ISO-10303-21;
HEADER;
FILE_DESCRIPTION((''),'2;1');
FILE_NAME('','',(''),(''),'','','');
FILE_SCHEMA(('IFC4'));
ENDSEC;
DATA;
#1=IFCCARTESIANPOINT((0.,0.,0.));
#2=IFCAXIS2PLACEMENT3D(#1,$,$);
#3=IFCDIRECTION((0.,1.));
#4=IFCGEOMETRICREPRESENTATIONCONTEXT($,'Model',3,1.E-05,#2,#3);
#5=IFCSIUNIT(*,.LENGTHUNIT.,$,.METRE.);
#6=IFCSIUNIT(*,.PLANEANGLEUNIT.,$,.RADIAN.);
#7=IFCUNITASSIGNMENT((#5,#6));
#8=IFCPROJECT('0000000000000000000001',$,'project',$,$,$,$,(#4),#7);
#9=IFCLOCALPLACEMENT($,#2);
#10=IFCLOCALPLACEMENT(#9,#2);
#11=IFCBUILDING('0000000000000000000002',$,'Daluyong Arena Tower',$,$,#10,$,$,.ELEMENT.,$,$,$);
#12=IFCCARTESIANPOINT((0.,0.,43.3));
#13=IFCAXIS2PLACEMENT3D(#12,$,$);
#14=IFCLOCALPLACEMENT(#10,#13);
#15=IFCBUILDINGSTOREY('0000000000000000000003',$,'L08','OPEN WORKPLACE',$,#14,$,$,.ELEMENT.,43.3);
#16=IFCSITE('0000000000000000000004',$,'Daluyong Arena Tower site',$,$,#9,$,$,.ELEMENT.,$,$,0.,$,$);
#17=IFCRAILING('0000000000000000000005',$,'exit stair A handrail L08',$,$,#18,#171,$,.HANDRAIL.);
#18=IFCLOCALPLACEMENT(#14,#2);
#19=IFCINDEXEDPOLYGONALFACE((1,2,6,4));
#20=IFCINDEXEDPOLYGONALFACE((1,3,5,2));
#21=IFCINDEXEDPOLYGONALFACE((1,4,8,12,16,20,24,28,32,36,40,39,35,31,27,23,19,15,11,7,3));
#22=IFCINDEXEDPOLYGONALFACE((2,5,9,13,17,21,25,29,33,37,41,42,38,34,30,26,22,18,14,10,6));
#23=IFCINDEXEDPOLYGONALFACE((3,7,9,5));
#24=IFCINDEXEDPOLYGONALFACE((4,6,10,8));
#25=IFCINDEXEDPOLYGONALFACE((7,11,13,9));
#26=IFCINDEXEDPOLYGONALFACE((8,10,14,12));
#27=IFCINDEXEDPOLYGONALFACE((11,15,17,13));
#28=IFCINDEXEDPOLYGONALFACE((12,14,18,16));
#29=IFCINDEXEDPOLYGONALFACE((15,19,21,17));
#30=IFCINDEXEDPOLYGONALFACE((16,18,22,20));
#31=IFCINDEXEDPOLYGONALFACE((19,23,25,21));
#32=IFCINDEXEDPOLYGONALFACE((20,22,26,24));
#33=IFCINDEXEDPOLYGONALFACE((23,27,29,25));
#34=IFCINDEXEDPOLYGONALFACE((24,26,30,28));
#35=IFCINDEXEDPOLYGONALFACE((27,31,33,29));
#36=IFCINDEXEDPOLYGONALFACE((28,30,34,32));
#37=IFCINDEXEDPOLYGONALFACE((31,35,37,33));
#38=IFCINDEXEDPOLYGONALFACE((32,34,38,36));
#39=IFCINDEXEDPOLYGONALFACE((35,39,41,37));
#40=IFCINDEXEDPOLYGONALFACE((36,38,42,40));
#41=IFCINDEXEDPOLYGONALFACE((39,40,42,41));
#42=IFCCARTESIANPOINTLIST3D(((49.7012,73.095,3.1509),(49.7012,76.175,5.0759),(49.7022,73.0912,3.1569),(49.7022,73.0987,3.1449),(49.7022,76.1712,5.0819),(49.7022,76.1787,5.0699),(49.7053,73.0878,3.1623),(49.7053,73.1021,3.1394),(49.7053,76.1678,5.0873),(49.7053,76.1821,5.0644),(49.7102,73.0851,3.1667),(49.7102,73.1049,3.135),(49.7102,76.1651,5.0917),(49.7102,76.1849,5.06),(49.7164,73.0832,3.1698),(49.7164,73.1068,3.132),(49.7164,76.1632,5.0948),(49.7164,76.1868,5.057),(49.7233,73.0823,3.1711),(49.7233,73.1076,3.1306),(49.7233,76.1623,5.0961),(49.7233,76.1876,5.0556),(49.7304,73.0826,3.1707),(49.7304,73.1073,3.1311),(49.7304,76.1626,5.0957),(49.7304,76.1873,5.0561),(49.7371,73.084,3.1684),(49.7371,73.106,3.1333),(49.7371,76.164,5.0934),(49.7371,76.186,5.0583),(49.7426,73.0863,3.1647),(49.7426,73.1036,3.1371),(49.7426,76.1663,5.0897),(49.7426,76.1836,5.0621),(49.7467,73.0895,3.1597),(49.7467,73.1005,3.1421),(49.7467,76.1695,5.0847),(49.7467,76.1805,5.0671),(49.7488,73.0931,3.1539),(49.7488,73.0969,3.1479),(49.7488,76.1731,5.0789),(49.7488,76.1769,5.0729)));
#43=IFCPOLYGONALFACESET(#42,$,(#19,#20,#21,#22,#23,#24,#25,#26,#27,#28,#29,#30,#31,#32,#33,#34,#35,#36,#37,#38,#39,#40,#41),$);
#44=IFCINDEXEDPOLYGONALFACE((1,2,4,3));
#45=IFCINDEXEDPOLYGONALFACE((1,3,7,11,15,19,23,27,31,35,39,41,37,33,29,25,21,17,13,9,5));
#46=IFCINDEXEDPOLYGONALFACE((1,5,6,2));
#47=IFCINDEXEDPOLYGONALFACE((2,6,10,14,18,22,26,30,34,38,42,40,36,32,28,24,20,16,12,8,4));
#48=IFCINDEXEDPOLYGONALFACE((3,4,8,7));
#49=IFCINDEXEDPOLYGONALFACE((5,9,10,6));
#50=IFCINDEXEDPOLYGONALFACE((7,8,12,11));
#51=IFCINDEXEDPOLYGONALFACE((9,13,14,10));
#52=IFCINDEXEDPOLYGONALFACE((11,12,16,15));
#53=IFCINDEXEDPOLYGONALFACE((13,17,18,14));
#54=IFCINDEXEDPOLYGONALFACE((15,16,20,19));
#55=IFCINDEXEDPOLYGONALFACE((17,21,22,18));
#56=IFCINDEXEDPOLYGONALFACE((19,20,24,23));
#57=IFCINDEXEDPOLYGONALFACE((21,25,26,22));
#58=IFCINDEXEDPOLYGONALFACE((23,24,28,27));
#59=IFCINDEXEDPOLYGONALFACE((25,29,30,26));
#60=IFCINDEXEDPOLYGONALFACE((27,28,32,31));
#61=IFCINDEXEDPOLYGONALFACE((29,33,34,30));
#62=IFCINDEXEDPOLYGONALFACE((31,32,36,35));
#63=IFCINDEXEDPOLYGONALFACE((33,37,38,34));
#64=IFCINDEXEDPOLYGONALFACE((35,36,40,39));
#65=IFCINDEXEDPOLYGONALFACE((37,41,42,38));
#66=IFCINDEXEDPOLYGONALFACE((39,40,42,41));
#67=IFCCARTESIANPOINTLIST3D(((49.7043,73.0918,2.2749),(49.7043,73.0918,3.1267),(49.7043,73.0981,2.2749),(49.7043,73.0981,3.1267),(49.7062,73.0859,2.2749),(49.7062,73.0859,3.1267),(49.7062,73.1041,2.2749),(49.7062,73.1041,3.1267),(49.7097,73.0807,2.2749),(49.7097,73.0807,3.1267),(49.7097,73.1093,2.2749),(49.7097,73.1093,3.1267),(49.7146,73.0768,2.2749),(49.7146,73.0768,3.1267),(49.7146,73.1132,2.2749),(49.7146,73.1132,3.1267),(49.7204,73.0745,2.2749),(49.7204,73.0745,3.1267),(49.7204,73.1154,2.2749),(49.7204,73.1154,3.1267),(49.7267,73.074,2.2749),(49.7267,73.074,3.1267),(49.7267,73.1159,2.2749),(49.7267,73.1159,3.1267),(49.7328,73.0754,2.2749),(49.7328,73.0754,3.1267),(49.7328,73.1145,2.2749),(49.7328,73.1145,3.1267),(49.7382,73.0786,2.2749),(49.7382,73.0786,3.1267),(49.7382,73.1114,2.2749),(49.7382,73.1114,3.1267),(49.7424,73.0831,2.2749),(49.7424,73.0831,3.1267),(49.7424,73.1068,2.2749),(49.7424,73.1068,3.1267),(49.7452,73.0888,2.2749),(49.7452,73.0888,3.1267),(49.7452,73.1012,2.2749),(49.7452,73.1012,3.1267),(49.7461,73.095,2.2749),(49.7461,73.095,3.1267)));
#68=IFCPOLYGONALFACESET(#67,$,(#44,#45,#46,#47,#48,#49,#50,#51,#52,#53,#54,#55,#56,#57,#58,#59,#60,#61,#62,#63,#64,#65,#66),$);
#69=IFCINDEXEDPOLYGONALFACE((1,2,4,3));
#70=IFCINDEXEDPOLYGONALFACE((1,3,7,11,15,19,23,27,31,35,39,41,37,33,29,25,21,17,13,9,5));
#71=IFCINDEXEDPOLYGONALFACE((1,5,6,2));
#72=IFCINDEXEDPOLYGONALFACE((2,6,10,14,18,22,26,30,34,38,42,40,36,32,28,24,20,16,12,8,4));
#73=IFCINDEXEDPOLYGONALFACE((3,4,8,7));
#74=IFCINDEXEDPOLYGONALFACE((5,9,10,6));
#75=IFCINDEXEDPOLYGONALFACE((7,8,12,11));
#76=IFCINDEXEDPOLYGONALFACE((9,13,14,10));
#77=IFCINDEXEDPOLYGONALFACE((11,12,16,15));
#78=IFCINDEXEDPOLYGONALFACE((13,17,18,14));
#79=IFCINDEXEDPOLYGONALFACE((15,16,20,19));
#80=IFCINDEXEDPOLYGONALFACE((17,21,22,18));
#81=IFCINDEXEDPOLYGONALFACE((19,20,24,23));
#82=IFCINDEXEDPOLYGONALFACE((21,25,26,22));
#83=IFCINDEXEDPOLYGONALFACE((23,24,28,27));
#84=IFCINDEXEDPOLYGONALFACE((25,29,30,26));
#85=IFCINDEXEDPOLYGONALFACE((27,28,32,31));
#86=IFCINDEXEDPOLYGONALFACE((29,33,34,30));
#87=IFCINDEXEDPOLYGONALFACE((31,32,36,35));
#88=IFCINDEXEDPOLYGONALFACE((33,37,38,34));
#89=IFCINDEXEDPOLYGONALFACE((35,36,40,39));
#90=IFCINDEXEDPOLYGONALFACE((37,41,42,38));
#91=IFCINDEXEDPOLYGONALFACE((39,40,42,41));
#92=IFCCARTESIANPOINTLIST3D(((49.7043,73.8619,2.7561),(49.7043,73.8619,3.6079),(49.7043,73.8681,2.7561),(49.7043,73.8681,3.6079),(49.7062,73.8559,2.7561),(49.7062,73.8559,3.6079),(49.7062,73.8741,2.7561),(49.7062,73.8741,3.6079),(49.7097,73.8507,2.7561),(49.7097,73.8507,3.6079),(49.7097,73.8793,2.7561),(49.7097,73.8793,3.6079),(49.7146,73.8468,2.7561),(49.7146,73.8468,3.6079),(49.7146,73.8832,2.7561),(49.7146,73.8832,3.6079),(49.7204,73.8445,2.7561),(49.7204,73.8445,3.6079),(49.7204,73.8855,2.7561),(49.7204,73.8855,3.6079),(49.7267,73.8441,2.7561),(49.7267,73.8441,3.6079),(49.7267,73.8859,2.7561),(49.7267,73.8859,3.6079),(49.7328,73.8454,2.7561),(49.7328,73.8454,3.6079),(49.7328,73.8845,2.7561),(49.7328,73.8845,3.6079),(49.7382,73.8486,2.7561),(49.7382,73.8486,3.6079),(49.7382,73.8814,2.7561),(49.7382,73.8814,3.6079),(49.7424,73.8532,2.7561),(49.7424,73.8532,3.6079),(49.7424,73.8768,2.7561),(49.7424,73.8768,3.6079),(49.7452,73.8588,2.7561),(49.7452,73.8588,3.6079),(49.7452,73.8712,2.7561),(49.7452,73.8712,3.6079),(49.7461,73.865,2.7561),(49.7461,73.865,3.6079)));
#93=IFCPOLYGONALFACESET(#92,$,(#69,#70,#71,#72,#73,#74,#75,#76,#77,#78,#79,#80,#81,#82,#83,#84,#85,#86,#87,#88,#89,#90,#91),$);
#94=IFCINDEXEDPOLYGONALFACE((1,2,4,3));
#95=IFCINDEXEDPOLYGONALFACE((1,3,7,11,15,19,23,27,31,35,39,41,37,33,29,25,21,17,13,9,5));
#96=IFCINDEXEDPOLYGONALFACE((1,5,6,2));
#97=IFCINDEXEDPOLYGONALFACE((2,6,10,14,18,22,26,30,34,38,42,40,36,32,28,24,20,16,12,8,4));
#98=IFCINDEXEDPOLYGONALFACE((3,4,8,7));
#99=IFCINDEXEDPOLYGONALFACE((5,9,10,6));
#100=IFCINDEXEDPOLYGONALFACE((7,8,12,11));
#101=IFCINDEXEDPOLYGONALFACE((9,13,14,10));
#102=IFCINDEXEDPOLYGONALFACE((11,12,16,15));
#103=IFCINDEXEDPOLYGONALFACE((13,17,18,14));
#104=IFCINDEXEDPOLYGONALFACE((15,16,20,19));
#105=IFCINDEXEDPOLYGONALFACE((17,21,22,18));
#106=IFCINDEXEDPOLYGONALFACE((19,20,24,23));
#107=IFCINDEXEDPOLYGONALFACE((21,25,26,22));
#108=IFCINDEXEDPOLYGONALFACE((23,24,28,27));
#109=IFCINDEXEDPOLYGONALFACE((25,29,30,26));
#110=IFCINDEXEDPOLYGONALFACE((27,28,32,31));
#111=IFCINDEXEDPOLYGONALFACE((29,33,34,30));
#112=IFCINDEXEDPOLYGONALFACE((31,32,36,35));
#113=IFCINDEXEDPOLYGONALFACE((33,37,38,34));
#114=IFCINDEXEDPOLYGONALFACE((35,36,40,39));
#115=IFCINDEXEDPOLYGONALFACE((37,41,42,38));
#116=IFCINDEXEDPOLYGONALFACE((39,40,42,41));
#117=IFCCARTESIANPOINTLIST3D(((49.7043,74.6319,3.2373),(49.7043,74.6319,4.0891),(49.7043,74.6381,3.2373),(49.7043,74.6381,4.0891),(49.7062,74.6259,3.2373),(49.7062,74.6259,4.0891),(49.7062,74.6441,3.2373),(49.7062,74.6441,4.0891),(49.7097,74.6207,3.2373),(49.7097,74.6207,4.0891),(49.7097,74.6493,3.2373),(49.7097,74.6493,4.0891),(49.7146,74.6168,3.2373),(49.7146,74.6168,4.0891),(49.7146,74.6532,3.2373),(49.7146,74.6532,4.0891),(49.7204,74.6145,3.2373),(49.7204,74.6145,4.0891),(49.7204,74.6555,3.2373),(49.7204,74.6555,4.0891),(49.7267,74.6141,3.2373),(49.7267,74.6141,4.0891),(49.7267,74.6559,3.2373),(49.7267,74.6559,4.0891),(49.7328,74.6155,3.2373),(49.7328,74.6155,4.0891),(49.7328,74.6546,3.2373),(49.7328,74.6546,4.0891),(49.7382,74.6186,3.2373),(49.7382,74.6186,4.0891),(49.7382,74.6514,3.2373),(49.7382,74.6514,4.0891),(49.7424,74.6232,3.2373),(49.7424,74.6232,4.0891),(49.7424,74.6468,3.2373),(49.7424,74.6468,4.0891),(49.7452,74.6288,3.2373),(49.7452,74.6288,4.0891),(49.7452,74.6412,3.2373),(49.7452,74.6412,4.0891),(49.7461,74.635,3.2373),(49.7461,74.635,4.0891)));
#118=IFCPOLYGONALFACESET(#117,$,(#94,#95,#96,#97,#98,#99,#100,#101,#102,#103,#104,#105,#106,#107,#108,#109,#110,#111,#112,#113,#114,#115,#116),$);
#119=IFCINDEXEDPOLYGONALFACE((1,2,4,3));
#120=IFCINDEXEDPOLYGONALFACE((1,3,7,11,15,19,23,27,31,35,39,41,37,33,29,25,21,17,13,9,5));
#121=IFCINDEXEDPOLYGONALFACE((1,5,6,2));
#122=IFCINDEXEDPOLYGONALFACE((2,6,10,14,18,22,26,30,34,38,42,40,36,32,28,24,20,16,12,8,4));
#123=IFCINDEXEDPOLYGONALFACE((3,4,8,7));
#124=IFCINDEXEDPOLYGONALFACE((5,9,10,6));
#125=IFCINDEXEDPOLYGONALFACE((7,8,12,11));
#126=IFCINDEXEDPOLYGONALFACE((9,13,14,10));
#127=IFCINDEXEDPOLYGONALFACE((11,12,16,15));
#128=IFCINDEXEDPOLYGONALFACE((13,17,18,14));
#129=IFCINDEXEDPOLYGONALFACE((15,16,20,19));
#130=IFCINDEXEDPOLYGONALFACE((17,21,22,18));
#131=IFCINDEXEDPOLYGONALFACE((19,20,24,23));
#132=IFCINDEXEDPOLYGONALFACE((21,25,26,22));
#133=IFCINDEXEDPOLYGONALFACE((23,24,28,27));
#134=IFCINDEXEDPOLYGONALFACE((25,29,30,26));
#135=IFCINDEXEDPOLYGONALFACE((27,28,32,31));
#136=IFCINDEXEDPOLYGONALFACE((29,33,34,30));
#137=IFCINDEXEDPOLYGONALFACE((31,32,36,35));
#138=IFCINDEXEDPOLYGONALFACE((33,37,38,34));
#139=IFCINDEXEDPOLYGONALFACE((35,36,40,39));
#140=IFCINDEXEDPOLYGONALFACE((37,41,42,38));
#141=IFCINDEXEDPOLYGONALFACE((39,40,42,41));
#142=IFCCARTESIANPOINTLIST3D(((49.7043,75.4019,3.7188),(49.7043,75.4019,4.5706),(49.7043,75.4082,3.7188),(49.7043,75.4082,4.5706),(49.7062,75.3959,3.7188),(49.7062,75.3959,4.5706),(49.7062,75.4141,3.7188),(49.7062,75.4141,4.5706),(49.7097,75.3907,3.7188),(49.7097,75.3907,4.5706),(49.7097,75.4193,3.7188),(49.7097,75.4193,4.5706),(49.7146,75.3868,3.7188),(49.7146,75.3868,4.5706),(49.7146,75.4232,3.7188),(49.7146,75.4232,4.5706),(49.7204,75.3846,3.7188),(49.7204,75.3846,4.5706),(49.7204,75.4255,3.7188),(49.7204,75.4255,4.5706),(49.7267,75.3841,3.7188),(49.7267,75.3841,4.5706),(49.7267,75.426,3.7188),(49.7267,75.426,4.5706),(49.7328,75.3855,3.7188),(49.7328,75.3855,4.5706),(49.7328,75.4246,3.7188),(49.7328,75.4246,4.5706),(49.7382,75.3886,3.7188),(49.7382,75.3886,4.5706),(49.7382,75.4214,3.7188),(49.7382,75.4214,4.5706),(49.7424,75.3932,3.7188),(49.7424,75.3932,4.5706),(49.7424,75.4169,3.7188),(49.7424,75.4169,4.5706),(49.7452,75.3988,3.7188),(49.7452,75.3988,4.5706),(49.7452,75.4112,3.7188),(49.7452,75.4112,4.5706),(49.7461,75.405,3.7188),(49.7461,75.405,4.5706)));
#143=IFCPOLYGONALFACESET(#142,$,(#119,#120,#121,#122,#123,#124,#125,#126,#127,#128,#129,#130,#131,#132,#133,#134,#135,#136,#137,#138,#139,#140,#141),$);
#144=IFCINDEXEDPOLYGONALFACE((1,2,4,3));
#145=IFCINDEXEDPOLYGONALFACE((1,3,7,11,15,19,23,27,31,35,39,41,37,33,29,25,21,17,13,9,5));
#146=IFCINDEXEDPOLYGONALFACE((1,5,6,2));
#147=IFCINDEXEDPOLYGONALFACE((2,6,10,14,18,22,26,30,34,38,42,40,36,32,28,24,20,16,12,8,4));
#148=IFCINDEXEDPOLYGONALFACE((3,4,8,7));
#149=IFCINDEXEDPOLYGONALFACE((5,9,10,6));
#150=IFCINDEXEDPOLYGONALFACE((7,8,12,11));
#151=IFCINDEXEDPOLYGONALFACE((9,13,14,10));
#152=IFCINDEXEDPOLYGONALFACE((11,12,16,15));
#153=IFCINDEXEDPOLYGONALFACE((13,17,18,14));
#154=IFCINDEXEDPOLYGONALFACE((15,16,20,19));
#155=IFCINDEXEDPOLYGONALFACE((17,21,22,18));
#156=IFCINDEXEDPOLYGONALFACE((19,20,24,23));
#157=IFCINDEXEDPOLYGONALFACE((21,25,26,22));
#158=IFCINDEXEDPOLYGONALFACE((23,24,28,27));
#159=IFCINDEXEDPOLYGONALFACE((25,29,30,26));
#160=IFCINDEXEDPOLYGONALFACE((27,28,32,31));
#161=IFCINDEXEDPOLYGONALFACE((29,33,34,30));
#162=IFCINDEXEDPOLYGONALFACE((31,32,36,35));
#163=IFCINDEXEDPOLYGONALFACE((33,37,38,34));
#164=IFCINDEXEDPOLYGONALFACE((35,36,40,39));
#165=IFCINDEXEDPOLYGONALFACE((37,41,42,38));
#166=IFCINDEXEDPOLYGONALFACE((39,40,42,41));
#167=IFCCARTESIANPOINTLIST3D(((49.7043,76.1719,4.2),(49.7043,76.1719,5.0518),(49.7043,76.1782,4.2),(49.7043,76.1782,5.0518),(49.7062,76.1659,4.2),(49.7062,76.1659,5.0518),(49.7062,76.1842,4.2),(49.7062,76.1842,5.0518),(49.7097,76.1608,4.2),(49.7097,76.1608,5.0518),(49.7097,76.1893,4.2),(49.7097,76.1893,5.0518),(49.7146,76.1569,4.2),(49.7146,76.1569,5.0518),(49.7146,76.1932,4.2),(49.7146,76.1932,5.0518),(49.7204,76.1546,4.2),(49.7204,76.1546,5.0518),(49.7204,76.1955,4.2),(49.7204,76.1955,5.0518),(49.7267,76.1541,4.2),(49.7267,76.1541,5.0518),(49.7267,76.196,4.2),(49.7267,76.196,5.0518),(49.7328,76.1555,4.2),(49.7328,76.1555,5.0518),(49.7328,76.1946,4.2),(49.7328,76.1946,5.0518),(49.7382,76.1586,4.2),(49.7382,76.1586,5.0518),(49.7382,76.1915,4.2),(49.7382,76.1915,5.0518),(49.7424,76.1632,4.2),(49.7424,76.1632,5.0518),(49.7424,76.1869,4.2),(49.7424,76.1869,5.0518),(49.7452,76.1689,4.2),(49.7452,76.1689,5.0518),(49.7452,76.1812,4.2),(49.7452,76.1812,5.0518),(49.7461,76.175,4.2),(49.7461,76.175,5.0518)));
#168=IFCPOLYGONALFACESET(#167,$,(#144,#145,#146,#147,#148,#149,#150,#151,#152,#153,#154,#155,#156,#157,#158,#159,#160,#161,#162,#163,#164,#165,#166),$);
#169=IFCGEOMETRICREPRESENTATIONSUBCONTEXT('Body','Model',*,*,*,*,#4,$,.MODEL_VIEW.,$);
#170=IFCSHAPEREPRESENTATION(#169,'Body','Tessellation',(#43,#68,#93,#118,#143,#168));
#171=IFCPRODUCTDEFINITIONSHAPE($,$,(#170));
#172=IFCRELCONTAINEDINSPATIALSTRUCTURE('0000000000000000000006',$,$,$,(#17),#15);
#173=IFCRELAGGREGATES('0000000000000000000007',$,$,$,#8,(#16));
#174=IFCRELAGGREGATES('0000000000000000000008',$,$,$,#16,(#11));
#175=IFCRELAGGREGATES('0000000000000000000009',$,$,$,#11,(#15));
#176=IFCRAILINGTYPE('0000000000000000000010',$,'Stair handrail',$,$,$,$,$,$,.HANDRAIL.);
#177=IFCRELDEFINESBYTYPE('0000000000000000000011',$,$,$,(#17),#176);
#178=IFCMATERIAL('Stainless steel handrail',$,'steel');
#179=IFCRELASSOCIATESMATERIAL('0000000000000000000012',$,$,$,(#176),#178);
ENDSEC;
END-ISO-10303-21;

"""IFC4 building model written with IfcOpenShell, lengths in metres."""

from ifc_helpers import new_model, si_unit, direction, frame, origin, origin_2d, place, context, subcontext, project, spatial, circle, extrude, material, type_object, element, save


model = new_model("IFC4")

# Units and contexts
model_context = context("Model", 3, precision=1e-05, world=origin(), true_north=direction((0.0, 1.0)))
body_context = subcontext(model_context, "Body", "Model", "MODEL_VIEW")
ifc_project = project(units=[si_unit("LENGTHUNIT", "METRE"), si_unit("PLANEANGLEUNIT", "RADIAN")], contexts=[model_context])

# Site, building, storey
site_placement = place(None, origin())
site = spatial("IfcSite", under=ifc_project, at=site_placement, Name="Daluyong Arena Tower site", CompositionType="ELEMENT", RefElevation=0.0)
building_placement = place(site_placement, origin())
building = spatial("IfcBuilding", under=site, at=building_placement, Name="Daluyong Arena Tower", CompositionType="ELEMENT")
storey_placement = place(building_placement, frame((0.0, 0.0, 43.3)))
storey = spatial("IfcBuildingStorey", under=building, at=storey_placement, Name="L08", Description="OPEN WORKPLACE", CompositionType="ELEMENT", Elevation=43.3)

# Railing
ifc_material_1 = material(Name="Stainless steel handrail", Category="steel")
railing_type_1 = type_object("IfcRailingType", Name="Stair handrail", PredefinedType="HANDRAIL", material=ifc_material_1)
railing_1_placement = place(storey_placement, frame((49.7251, 73.095, 2.2749)))
element("IfcRailing", 1, at=railing_1_placement, inside=storey, type_object=railing_type_1, Name="exit stair A handrail L08", PredefinedType="HANDRAIL", context=body_context, shape_type="SweptSolid", body=[
    extrude(circle(Radius=0.0239, at=origin_2d()), frame((0.0, 0.0, 0.876), z_axis=(0.0, 0.847998, 0.529999), x_axis=(-1.0, 0.0, 0.0)), (0.0, 0.0, 1.0), 3.6321),
    extrude(circle(Radius=0.021, at=origin_2d()), origin(), (0.0, 0.0, 1.0), 0.8518),
    extrude(circle(Radius=0.021, at=origin_2d()), frame((0.0, 0.77, 0.4812)), (0.0, 0.0, 1.0), 0.8518),
    extrude(circle(Radius=0.021, at=origin_2d()), frame((0.0, 1.54, 0.9624)), (0.0, 0.0, 1.0), 0.8518),
    extrude(circle(Radius=0.021, at=origin_2d()), frame((0.0, 2.3101, 1.4438)), (0.0, 0.0, 1.0), 0.8518),
    extrude(circle(Radius=0.021, at=origin_2d()), frame((0.0, 3.0801, 1.925)), (0.0, 0.0, 1.0), 0.8518),
])

save(model, "model.ifc")
